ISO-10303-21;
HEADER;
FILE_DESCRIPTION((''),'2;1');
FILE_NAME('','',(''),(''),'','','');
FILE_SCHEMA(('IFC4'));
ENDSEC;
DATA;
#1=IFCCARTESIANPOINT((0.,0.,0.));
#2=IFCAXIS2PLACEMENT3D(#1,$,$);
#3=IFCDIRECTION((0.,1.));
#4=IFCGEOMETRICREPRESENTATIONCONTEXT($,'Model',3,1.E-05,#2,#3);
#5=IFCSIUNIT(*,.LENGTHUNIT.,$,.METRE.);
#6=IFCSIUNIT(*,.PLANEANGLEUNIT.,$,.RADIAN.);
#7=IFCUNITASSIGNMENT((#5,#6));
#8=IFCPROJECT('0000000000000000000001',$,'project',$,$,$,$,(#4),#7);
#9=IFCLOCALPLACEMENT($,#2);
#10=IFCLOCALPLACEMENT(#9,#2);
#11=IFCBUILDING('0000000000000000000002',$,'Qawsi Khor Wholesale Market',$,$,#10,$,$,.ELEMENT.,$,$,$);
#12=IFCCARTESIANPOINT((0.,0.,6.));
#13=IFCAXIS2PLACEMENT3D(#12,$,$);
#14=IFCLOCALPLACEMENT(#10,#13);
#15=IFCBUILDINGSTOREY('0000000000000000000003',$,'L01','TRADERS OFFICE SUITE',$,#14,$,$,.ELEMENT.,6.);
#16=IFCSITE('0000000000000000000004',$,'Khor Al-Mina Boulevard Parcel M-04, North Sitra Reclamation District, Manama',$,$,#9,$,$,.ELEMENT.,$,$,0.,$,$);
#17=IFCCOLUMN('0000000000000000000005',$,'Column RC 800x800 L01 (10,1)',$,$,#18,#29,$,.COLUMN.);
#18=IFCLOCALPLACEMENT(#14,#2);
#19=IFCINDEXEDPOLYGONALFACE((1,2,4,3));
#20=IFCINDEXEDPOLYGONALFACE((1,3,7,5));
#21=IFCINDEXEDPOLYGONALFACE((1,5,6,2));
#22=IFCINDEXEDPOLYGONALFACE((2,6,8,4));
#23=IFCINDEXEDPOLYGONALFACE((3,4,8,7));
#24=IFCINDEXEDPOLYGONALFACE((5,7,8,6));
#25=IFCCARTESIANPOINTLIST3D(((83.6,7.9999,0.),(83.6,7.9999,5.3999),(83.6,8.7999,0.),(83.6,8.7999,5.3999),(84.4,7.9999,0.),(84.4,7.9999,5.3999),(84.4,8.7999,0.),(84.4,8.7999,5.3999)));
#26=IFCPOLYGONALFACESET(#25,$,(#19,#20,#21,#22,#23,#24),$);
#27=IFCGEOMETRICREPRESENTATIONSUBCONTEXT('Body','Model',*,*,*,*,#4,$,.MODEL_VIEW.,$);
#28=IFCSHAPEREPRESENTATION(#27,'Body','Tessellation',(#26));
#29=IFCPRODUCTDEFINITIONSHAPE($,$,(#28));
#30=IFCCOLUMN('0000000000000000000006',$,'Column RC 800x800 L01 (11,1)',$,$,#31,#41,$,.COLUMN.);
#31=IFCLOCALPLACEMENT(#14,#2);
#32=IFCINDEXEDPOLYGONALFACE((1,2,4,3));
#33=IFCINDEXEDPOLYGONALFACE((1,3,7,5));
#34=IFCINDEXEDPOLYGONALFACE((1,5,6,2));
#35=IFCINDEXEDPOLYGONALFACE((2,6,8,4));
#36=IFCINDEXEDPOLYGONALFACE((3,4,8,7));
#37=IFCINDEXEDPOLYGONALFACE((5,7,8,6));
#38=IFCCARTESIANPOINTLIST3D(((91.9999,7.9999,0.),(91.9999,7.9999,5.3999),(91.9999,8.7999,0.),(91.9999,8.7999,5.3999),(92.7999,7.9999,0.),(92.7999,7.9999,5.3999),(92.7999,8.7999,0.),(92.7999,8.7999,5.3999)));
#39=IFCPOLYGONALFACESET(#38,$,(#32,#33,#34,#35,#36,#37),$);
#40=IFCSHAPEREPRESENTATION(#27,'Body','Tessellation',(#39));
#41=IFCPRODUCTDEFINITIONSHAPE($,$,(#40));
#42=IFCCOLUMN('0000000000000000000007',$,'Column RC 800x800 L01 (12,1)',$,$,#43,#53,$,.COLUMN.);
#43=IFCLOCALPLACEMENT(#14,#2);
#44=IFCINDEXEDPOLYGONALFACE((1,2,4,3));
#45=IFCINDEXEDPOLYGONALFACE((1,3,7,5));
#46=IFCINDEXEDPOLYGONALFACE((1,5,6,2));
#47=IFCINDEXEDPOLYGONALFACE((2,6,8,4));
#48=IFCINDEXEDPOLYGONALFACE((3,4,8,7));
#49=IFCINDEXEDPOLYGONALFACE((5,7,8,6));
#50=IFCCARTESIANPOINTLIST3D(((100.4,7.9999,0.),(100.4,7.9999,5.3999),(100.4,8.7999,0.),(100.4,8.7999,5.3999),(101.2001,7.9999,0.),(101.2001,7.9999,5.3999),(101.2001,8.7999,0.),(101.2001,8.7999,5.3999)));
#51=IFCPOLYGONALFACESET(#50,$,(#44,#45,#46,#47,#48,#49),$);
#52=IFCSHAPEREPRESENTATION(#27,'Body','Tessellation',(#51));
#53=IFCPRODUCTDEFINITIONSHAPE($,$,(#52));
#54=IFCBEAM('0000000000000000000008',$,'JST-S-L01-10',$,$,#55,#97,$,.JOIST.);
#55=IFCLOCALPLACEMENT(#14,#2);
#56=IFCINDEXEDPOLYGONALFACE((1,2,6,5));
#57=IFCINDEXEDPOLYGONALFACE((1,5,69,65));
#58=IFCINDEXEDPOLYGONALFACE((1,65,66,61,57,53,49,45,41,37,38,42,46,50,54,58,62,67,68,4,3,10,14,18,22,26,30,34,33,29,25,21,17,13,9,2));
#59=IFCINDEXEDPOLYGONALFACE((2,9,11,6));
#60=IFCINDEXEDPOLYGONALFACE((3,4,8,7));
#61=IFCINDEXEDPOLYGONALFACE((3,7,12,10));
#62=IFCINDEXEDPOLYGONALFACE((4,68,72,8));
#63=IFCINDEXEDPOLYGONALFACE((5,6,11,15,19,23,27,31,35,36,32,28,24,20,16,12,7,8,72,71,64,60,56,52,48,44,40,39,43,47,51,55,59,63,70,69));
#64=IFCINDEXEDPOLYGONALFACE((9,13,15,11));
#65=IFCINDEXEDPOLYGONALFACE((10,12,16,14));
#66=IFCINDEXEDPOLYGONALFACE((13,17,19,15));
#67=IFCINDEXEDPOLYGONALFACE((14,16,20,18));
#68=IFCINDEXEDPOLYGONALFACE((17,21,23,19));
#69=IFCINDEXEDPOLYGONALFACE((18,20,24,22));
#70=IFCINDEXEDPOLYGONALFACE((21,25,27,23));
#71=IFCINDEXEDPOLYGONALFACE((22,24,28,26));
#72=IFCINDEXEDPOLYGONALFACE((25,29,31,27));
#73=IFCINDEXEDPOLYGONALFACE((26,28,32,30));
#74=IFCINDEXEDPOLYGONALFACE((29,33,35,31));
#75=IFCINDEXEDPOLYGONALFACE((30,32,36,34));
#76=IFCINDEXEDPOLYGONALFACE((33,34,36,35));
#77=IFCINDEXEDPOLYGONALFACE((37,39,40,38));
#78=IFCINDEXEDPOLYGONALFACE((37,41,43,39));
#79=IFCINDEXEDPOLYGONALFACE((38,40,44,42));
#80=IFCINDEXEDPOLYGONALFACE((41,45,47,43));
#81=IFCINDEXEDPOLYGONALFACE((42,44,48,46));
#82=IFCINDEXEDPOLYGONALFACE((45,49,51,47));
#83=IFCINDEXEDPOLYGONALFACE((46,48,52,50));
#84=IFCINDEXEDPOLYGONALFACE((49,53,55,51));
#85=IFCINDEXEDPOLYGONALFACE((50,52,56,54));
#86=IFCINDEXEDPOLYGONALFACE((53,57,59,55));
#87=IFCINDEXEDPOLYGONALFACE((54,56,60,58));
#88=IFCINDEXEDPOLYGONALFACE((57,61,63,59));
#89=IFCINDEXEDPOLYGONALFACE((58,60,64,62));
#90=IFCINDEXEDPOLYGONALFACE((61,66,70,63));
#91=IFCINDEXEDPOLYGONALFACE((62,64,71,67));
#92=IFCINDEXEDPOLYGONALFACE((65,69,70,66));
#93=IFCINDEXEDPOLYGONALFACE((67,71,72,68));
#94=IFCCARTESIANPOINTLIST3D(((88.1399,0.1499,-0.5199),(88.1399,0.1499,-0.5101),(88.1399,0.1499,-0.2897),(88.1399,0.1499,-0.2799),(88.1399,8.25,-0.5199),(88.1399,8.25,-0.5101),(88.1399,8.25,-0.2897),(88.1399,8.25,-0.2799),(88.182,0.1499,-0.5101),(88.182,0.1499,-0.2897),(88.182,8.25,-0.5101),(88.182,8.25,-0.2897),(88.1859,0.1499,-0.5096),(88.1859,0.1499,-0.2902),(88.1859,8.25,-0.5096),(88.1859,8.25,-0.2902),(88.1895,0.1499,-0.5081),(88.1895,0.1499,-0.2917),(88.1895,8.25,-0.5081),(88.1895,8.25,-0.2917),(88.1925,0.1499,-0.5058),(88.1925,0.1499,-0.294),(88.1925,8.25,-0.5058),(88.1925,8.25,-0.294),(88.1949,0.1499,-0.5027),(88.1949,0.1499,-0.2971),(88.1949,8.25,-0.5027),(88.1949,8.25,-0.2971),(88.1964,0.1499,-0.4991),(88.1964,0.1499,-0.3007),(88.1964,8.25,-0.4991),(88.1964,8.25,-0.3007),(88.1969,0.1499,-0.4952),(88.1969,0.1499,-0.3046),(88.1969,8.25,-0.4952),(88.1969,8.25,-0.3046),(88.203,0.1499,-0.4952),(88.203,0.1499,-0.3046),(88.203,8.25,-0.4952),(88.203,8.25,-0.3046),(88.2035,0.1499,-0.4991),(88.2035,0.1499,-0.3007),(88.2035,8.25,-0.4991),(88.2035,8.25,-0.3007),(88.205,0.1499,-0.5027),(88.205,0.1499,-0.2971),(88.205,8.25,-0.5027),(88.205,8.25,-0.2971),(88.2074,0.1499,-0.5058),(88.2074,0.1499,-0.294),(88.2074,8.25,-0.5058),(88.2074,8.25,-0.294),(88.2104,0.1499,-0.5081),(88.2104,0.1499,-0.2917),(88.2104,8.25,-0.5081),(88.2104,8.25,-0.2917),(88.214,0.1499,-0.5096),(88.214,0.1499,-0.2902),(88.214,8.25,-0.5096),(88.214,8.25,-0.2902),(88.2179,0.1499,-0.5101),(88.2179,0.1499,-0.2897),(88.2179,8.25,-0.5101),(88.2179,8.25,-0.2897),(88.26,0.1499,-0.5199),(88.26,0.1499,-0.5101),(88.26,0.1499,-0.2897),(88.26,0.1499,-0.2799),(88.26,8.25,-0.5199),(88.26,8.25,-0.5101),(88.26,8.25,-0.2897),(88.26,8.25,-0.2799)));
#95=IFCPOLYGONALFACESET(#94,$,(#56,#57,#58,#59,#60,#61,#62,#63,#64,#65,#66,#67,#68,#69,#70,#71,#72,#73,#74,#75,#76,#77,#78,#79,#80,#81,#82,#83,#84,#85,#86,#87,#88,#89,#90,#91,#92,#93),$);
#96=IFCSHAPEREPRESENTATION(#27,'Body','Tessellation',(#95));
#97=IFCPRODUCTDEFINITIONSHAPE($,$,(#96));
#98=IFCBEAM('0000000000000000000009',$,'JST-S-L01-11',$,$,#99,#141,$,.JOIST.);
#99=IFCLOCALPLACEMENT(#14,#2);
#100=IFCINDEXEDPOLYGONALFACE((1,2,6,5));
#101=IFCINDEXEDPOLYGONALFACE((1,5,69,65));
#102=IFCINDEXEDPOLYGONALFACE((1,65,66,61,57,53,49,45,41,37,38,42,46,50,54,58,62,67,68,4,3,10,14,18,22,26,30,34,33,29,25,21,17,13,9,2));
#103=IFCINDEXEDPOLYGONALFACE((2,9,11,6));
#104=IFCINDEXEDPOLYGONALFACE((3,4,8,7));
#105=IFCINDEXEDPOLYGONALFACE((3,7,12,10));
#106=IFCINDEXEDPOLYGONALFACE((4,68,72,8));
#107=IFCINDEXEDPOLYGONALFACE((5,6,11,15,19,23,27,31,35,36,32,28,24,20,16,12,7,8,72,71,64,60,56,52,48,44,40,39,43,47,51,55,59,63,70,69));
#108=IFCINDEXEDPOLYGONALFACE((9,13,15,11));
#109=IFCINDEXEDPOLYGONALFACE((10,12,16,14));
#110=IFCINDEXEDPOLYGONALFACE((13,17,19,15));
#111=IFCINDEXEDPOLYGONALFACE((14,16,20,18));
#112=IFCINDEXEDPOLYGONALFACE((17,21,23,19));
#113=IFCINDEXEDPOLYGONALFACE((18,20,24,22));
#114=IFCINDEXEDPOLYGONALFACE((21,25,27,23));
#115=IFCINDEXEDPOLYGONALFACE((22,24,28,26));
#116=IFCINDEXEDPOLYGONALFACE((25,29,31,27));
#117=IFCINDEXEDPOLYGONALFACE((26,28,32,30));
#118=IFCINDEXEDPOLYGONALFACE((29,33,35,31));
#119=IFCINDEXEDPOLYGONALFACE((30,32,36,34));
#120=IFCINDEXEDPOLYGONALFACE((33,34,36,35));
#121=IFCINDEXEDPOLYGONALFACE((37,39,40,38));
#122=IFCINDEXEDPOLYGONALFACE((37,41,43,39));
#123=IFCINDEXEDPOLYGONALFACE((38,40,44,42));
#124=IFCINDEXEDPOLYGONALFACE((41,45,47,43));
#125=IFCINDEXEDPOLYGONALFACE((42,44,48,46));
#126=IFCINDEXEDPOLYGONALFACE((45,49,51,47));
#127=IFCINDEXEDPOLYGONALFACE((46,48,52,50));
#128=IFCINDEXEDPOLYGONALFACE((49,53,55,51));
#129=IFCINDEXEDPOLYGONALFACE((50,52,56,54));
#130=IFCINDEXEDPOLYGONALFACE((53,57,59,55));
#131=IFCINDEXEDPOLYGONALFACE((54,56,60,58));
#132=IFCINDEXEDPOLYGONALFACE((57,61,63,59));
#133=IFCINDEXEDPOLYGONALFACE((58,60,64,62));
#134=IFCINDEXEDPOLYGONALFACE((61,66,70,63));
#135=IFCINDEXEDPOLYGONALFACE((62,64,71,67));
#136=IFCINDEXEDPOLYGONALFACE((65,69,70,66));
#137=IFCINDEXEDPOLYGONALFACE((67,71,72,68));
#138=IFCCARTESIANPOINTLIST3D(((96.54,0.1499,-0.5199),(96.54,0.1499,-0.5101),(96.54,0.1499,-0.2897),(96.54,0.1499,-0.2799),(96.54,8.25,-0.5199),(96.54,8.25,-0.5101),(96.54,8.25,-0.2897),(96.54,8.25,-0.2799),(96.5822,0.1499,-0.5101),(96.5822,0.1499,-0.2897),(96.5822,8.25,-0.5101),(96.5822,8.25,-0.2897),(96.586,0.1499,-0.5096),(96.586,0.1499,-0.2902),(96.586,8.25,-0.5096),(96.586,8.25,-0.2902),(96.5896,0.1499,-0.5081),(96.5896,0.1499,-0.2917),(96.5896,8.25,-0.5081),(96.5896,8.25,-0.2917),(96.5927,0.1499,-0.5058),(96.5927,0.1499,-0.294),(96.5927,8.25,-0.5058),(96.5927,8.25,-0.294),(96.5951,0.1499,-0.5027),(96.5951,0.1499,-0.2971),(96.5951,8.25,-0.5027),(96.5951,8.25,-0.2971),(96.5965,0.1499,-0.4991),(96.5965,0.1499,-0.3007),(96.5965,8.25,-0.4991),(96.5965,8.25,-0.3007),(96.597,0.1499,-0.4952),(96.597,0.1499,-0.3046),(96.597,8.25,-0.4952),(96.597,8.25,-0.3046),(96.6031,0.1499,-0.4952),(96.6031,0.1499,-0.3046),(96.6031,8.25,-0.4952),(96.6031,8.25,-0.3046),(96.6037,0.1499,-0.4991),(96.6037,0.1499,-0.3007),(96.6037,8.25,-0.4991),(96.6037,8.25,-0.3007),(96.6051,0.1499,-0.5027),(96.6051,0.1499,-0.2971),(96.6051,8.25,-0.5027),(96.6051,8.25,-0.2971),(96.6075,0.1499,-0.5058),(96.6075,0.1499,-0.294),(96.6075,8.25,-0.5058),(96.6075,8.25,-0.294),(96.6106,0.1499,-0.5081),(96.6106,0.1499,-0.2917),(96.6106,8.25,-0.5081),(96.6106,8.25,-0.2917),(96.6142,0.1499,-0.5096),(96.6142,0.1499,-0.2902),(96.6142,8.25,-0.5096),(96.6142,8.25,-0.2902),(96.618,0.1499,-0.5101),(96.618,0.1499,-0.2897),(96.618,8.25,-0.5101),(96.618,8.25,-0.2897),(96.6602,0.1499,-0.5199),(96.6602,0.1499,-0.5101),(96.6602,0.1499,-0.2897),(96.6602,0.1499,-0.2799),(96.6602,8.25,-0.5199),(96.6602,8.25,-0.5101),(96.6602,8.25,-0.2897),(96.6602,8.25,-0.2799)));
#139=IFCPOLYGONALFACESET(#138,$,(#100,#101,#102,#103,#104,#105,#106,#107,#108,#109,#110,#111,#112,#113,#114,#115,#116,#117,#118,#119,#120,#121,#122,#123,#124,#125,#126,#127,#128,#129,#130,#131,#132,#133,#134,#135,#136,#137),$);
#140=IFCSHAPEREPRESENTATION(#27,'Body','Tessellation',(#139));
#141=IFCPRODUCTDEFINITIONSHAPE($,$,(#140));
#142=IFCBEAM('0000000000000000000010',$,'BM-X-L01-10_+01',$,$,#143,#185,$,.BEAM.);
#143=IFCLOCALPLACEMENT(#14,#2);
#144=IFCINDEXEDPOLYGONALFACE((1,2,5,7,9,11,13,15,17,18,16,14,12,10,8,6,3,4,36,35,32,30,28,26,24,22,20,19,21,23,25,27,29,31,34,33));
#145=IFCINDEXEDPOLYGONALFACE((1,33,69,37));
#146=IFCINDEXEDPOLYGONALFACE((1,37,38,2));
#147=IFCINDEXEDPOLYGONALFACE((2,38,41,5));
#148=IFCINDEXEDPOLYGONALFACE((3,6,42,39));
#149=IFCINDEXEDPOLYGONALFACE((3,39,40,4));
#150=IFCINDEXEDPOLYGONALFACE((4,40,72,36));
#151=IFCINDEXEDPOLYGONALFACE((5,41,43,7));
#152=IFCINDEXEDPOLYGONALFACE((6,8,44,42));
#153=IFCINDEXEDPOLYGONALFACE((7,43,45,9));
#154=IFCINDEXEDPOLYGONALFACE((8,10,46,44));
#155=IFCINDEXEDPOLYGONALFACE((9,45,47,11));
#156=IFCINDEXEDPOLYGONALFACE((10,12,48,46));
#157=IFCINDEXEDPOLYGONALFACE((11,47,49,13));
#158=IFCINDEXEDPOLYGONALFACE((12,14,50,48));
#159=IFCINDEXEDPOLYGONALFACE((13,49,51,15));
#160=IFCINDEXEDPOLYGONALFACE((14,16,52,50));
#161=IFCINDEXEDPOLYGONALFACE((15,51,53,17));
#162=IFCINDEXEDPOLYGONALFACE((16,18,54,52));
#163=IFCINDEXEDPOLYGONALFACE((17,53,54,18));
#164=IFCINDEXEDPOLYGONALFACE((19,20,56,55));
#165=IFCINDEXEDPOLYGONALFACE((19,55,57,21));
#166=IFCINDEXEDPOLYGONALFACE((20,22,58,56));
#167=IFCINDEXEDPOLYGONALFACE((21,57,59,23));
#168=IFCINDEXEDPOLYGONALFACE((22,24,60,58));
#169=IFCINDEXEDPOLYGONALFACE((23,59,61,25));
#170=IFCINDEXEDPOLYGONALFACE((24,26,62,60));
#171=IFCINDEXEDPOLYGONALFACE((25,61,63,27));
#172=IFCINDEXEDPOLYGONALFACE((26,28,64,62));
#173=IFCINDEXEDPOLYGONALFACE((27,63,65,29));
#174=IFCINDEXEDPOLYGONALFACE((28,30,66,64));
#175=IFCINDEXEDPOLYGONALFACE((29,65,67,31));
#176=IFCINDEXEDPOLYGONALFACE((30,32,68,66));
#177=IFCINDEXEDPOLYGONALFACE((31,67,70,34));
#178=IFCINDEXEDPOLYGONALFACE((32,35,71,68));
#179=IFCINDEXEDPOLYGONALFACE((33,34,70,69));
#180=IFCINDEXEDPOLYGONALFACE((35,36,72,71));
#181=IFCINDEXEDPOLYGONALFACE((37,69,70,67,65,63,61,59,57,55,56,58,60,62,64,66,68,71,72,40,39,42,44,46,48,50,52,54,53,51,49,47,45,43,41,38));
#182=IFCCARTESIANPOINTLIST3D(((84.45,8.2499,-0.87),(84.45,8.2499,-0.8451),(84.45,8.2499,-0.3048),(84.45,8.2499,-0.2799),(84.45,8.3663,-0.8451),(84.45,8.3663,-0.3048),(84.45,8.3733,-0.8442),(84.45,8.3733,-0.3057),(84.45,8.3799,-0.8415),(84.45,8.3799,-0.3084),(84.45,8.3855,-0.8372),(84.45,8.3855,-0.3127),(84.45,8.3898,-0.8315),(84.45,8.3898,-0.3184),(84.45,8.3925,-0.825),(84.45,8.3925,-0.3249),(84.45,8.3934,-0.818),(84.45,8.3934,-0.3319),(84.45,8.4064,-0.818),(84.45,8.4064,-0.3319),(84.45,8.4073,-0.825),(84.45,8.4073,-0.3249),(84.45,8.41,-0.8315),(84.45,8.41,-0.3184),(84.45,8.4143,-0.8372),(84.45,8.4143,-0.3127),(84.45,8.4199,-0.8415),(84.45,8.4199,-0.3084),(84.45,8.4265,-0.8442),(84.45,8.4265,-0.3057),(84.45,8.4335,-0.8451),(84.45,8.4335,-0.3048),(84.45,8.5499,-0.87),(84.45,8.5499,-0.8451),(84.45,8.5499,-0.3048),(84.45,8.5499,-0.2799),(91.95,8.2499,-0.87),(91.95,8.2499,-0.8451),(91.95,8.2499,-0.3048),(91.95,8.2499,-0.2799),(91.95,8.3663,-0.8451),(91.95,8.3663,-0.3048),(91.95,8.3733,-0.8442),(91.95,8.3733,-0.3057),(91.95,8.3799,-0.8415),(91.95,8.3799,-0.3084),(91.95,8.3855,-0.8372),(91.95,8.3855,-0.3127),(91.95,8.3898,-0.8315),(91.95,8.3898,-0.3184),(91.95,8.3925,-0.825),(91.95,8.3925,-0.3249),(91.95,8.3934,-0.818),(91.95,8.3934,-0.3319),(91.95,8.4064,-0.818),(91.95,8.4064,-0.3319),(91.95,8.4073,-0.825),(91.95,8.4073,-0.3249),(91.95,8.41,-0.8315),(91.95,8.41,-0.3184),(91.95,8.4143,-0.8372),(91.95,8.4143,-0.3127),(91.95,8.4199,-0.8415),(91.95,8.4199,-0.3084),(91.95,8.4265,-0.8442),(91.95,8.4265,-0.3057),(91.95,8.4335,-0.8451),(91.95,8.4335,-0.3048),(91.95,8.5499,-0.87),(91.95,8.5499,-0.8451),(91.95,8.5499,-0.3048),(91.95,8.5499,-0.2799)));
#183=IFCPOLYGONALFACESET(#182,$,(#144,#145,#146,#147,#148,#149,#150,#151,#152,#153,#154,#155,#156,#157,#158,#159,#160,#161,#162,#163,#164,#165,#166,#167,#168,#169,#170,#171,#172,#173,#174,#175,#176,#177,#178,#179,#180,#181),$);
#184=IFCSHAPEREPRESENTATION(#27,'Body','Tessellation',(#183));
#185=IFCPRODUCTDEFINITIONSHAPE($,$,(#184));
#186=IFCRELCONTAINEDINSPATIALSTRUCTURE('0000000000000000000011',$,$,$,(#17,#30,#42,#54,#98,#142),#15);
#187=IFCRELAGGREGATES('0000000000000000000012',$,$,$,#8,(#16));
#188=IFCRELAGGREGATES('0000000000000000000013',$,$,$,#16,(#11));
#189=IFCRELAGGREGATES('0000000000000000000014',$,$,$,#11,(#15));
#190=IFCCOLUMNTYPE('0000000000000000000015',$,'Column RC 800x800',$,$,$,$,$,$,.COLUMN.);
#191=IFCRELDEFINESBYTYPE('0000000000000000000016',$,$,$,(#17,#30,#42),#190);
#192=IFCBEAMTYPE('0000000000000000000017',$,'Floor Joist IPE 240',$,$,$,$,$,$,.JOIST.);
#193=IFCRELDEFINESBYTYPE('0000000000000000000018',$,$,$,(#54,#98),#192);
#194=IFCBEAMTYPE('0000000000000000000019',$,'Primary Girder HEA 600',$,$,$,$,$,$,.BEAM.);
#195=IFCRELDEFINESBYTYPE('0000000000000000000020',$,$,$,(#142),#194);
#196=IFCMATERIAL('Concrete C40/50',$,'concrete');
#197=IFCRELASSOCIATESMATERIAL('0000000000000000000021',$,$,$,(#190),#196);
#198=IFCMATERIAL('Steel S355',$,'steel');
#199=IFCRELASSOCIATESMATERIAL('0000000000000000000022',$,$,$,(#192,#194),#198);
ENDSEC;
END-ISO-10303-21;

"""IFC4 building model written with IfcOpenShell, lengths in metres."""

from ifc_helpers import new_model, si_unit, direction, frame, origin, origin_2d, place, context, subcontext, project, spatial, rectangle, i_section, extrude, material, material_profile, profile_set, type_object, element, save


model = new_model("IFC4")

# Units and contexts
model_context = context("Model", 3, precision=1e-05, world=origin(), true_north=direction((0.0, 1.0)))
body_context = subcontext(model_context, "Body", "Model", "MODEL_VIEW")
ifc_project = project(units=[si_unit("LENGTHUNIT", "METRE"), si_unit("PLANEANGLEUNIT", "RADIAN")], contexts=[model_context])

# Site, building, storey
site_placement = place(None, origin())
site = spatial("IfcSite", under=ifc_project, at=site_placement, Name="Khor Al-Mina Boulevard Parcel M-04, North Sitra Reclamation District, Manama", CompositionType="ELEMENT", RefElevation=0.0)
building_placement = place(site_placement, origin())
building = spatial("IfcBuilding", under=site, at=building_placement, Name="Qawsi Khor Wholesale Market", CompositionType="ELEMENT")
storey_placement = place(building_placement, frame((0.0, 0.0, 6.0)))
storey = spatial("IfcBuildingStorey", under=building, at=storey_placement, Name="L01", Description="TRADERS OFFICE SUITE", CompositionType="ELEMENT", Elevation=6.0)

# Columns
ifc_material_1 = material(Name="Concrete C40/50", Category="concrete")
ifc_material_profile_1 = material_profile(ifc_material_1, rectangle(XDim=0.8, YDim=0.8, at=origin_2d()), Name="RC 800x800")
ifc_profile_set_1 = profile_set([ifc_material_profile_1], Name="Concrete C40/50")
column_type = type_object("IfcColumnType", Name="Column RC 800x800", PredefinedType="COLUMN", material=ifc_profile_set_1)
for number, where, z_axis, x_axis, name in (
    (1, (84.0, 8.3999, 0.0), (0.0, 0.0, 1.0), (1.0, 0.0, 0.0), "Column RC 800x800 L01 (10,1)"),
    (2, (92.3999, 8.3999, 0.0), (0.0, 0.0, 1.0), (1.0, 0.0, 0.0), "Column RC 800x800 L01 (11,1)"),
    (3, (100.8, 8.3999, 0.0), (0.0, 0.0, 1.0), (1.0, 0.0, 0.0), "Column RC 800x800 L01 (12,1)"),
):
    element("IfcColumn", number, at=place(storey_placement, frame(where, z_axis=z_axis, x_axis=x_axis)), inside=storey, type_object=column_type, Name=name, PredefinedType="COLUMN", context=body_context, shape_type="SweptSolid", body=[
        extrude(rectangle(XDim=0.8, YDim=0.8, at=origin_2d()), origin(), (0.0, 0.0, 1.0), 5.3999),
    ])

# Beams
ifc_material_2 = material(Name="Steel S355", Category="steel")
ifc_material_profile_2 = material_profile(ifc_material_2, i_section(OverallWidth=0.1201, OverallDepth=0.24, WebThickness=0.0061, FlangeThickness=0.0098, FilletRadius=0.0149, at=origin_2d()), Name="IPE 240")
ifc_profile_set_2 = profile_set([ifc_material_profile_2], Name="Steel S355")
beam_type_1 = type_object("IfcBeamType", Name="Floor Joist IPE 240", PredefinedType="JOIST", material=ifc_profile_set_2)
for number, where, z_axis, x_axis, name in (
    (4, (88.2, 0.1499, -0.3999), (0.0, 1.0, 0.0), (-1.0, 0.0, 0.0), "JST-S-L01-10"),
    (5, (96.6001, 0.1499, -0.3999), (0.0, 1.0, 0.0), (-1.0, 0.0, 0.0), "JST-S-L01-11"),
):
    element("IfcBeam", number, at=place(storey_placement, frame(where, z_axis=z_axis, x_axis=x_axis)), inside=storey, type_object=beam_type_1, Name=name, PredefinedType="JOIST", context=body_context, shape_type="SweptSolid", body=[
        extrude(i_section(OverallWidth=0.1201, OverallDepth=0.24, WebThickness=0.0061, FlangeThickness=0.0098, FilletRadius=0.0149, at=origin_2d()), origin(), (0.0, 0.0, 1.0), 8.1001),
    ])
ifc_material_profile_3 = material_profile(ifc_material_2, i_section(OverallWidth=0.3, OverallDepth=0.5901, WebThickness=0.0129, FlangeThickness=0.0249, FilletRadius=0.0271, at=origin_2d()), Name="HEA 600")
ifc_profile_set_3 = profile_set([ifc_material_profile_3], Name="Steel S355")
beam_type_2 = type_object("IfcBeamType", Name="Primary Girder HEA 600", PredefinedType="BEAM", material=ifc_profile_set_3)
for number, where, z_axis, x_axis, name in (
    (6, (84.45, 8.3999, -0.575), (1.0, 0.0, 0.0), (0.0, 1.0, 0.0), "BM-X-L01-10_+01"),
):
    element("IfcBeam", number, at=place(storey_placement, frame(where, z_axis=z_axis, x_axis=x_axis)), inside=storey, type_object=beam_type_2, Name=name, PredefinedType="BEAM", context=body_context, shape_type="SweptSolid", body=[
        extrude(i_section(OverallWidth=0.3, OverallDepth=0.5901, WebThickness=0.0129, FlangeThickness=0.0249, FilletRadius=0.0271, at=origin_2d()), origin(), (0.0, 0.0, 1.0), 7.5),
    ])

save(model, "model.ifc")
